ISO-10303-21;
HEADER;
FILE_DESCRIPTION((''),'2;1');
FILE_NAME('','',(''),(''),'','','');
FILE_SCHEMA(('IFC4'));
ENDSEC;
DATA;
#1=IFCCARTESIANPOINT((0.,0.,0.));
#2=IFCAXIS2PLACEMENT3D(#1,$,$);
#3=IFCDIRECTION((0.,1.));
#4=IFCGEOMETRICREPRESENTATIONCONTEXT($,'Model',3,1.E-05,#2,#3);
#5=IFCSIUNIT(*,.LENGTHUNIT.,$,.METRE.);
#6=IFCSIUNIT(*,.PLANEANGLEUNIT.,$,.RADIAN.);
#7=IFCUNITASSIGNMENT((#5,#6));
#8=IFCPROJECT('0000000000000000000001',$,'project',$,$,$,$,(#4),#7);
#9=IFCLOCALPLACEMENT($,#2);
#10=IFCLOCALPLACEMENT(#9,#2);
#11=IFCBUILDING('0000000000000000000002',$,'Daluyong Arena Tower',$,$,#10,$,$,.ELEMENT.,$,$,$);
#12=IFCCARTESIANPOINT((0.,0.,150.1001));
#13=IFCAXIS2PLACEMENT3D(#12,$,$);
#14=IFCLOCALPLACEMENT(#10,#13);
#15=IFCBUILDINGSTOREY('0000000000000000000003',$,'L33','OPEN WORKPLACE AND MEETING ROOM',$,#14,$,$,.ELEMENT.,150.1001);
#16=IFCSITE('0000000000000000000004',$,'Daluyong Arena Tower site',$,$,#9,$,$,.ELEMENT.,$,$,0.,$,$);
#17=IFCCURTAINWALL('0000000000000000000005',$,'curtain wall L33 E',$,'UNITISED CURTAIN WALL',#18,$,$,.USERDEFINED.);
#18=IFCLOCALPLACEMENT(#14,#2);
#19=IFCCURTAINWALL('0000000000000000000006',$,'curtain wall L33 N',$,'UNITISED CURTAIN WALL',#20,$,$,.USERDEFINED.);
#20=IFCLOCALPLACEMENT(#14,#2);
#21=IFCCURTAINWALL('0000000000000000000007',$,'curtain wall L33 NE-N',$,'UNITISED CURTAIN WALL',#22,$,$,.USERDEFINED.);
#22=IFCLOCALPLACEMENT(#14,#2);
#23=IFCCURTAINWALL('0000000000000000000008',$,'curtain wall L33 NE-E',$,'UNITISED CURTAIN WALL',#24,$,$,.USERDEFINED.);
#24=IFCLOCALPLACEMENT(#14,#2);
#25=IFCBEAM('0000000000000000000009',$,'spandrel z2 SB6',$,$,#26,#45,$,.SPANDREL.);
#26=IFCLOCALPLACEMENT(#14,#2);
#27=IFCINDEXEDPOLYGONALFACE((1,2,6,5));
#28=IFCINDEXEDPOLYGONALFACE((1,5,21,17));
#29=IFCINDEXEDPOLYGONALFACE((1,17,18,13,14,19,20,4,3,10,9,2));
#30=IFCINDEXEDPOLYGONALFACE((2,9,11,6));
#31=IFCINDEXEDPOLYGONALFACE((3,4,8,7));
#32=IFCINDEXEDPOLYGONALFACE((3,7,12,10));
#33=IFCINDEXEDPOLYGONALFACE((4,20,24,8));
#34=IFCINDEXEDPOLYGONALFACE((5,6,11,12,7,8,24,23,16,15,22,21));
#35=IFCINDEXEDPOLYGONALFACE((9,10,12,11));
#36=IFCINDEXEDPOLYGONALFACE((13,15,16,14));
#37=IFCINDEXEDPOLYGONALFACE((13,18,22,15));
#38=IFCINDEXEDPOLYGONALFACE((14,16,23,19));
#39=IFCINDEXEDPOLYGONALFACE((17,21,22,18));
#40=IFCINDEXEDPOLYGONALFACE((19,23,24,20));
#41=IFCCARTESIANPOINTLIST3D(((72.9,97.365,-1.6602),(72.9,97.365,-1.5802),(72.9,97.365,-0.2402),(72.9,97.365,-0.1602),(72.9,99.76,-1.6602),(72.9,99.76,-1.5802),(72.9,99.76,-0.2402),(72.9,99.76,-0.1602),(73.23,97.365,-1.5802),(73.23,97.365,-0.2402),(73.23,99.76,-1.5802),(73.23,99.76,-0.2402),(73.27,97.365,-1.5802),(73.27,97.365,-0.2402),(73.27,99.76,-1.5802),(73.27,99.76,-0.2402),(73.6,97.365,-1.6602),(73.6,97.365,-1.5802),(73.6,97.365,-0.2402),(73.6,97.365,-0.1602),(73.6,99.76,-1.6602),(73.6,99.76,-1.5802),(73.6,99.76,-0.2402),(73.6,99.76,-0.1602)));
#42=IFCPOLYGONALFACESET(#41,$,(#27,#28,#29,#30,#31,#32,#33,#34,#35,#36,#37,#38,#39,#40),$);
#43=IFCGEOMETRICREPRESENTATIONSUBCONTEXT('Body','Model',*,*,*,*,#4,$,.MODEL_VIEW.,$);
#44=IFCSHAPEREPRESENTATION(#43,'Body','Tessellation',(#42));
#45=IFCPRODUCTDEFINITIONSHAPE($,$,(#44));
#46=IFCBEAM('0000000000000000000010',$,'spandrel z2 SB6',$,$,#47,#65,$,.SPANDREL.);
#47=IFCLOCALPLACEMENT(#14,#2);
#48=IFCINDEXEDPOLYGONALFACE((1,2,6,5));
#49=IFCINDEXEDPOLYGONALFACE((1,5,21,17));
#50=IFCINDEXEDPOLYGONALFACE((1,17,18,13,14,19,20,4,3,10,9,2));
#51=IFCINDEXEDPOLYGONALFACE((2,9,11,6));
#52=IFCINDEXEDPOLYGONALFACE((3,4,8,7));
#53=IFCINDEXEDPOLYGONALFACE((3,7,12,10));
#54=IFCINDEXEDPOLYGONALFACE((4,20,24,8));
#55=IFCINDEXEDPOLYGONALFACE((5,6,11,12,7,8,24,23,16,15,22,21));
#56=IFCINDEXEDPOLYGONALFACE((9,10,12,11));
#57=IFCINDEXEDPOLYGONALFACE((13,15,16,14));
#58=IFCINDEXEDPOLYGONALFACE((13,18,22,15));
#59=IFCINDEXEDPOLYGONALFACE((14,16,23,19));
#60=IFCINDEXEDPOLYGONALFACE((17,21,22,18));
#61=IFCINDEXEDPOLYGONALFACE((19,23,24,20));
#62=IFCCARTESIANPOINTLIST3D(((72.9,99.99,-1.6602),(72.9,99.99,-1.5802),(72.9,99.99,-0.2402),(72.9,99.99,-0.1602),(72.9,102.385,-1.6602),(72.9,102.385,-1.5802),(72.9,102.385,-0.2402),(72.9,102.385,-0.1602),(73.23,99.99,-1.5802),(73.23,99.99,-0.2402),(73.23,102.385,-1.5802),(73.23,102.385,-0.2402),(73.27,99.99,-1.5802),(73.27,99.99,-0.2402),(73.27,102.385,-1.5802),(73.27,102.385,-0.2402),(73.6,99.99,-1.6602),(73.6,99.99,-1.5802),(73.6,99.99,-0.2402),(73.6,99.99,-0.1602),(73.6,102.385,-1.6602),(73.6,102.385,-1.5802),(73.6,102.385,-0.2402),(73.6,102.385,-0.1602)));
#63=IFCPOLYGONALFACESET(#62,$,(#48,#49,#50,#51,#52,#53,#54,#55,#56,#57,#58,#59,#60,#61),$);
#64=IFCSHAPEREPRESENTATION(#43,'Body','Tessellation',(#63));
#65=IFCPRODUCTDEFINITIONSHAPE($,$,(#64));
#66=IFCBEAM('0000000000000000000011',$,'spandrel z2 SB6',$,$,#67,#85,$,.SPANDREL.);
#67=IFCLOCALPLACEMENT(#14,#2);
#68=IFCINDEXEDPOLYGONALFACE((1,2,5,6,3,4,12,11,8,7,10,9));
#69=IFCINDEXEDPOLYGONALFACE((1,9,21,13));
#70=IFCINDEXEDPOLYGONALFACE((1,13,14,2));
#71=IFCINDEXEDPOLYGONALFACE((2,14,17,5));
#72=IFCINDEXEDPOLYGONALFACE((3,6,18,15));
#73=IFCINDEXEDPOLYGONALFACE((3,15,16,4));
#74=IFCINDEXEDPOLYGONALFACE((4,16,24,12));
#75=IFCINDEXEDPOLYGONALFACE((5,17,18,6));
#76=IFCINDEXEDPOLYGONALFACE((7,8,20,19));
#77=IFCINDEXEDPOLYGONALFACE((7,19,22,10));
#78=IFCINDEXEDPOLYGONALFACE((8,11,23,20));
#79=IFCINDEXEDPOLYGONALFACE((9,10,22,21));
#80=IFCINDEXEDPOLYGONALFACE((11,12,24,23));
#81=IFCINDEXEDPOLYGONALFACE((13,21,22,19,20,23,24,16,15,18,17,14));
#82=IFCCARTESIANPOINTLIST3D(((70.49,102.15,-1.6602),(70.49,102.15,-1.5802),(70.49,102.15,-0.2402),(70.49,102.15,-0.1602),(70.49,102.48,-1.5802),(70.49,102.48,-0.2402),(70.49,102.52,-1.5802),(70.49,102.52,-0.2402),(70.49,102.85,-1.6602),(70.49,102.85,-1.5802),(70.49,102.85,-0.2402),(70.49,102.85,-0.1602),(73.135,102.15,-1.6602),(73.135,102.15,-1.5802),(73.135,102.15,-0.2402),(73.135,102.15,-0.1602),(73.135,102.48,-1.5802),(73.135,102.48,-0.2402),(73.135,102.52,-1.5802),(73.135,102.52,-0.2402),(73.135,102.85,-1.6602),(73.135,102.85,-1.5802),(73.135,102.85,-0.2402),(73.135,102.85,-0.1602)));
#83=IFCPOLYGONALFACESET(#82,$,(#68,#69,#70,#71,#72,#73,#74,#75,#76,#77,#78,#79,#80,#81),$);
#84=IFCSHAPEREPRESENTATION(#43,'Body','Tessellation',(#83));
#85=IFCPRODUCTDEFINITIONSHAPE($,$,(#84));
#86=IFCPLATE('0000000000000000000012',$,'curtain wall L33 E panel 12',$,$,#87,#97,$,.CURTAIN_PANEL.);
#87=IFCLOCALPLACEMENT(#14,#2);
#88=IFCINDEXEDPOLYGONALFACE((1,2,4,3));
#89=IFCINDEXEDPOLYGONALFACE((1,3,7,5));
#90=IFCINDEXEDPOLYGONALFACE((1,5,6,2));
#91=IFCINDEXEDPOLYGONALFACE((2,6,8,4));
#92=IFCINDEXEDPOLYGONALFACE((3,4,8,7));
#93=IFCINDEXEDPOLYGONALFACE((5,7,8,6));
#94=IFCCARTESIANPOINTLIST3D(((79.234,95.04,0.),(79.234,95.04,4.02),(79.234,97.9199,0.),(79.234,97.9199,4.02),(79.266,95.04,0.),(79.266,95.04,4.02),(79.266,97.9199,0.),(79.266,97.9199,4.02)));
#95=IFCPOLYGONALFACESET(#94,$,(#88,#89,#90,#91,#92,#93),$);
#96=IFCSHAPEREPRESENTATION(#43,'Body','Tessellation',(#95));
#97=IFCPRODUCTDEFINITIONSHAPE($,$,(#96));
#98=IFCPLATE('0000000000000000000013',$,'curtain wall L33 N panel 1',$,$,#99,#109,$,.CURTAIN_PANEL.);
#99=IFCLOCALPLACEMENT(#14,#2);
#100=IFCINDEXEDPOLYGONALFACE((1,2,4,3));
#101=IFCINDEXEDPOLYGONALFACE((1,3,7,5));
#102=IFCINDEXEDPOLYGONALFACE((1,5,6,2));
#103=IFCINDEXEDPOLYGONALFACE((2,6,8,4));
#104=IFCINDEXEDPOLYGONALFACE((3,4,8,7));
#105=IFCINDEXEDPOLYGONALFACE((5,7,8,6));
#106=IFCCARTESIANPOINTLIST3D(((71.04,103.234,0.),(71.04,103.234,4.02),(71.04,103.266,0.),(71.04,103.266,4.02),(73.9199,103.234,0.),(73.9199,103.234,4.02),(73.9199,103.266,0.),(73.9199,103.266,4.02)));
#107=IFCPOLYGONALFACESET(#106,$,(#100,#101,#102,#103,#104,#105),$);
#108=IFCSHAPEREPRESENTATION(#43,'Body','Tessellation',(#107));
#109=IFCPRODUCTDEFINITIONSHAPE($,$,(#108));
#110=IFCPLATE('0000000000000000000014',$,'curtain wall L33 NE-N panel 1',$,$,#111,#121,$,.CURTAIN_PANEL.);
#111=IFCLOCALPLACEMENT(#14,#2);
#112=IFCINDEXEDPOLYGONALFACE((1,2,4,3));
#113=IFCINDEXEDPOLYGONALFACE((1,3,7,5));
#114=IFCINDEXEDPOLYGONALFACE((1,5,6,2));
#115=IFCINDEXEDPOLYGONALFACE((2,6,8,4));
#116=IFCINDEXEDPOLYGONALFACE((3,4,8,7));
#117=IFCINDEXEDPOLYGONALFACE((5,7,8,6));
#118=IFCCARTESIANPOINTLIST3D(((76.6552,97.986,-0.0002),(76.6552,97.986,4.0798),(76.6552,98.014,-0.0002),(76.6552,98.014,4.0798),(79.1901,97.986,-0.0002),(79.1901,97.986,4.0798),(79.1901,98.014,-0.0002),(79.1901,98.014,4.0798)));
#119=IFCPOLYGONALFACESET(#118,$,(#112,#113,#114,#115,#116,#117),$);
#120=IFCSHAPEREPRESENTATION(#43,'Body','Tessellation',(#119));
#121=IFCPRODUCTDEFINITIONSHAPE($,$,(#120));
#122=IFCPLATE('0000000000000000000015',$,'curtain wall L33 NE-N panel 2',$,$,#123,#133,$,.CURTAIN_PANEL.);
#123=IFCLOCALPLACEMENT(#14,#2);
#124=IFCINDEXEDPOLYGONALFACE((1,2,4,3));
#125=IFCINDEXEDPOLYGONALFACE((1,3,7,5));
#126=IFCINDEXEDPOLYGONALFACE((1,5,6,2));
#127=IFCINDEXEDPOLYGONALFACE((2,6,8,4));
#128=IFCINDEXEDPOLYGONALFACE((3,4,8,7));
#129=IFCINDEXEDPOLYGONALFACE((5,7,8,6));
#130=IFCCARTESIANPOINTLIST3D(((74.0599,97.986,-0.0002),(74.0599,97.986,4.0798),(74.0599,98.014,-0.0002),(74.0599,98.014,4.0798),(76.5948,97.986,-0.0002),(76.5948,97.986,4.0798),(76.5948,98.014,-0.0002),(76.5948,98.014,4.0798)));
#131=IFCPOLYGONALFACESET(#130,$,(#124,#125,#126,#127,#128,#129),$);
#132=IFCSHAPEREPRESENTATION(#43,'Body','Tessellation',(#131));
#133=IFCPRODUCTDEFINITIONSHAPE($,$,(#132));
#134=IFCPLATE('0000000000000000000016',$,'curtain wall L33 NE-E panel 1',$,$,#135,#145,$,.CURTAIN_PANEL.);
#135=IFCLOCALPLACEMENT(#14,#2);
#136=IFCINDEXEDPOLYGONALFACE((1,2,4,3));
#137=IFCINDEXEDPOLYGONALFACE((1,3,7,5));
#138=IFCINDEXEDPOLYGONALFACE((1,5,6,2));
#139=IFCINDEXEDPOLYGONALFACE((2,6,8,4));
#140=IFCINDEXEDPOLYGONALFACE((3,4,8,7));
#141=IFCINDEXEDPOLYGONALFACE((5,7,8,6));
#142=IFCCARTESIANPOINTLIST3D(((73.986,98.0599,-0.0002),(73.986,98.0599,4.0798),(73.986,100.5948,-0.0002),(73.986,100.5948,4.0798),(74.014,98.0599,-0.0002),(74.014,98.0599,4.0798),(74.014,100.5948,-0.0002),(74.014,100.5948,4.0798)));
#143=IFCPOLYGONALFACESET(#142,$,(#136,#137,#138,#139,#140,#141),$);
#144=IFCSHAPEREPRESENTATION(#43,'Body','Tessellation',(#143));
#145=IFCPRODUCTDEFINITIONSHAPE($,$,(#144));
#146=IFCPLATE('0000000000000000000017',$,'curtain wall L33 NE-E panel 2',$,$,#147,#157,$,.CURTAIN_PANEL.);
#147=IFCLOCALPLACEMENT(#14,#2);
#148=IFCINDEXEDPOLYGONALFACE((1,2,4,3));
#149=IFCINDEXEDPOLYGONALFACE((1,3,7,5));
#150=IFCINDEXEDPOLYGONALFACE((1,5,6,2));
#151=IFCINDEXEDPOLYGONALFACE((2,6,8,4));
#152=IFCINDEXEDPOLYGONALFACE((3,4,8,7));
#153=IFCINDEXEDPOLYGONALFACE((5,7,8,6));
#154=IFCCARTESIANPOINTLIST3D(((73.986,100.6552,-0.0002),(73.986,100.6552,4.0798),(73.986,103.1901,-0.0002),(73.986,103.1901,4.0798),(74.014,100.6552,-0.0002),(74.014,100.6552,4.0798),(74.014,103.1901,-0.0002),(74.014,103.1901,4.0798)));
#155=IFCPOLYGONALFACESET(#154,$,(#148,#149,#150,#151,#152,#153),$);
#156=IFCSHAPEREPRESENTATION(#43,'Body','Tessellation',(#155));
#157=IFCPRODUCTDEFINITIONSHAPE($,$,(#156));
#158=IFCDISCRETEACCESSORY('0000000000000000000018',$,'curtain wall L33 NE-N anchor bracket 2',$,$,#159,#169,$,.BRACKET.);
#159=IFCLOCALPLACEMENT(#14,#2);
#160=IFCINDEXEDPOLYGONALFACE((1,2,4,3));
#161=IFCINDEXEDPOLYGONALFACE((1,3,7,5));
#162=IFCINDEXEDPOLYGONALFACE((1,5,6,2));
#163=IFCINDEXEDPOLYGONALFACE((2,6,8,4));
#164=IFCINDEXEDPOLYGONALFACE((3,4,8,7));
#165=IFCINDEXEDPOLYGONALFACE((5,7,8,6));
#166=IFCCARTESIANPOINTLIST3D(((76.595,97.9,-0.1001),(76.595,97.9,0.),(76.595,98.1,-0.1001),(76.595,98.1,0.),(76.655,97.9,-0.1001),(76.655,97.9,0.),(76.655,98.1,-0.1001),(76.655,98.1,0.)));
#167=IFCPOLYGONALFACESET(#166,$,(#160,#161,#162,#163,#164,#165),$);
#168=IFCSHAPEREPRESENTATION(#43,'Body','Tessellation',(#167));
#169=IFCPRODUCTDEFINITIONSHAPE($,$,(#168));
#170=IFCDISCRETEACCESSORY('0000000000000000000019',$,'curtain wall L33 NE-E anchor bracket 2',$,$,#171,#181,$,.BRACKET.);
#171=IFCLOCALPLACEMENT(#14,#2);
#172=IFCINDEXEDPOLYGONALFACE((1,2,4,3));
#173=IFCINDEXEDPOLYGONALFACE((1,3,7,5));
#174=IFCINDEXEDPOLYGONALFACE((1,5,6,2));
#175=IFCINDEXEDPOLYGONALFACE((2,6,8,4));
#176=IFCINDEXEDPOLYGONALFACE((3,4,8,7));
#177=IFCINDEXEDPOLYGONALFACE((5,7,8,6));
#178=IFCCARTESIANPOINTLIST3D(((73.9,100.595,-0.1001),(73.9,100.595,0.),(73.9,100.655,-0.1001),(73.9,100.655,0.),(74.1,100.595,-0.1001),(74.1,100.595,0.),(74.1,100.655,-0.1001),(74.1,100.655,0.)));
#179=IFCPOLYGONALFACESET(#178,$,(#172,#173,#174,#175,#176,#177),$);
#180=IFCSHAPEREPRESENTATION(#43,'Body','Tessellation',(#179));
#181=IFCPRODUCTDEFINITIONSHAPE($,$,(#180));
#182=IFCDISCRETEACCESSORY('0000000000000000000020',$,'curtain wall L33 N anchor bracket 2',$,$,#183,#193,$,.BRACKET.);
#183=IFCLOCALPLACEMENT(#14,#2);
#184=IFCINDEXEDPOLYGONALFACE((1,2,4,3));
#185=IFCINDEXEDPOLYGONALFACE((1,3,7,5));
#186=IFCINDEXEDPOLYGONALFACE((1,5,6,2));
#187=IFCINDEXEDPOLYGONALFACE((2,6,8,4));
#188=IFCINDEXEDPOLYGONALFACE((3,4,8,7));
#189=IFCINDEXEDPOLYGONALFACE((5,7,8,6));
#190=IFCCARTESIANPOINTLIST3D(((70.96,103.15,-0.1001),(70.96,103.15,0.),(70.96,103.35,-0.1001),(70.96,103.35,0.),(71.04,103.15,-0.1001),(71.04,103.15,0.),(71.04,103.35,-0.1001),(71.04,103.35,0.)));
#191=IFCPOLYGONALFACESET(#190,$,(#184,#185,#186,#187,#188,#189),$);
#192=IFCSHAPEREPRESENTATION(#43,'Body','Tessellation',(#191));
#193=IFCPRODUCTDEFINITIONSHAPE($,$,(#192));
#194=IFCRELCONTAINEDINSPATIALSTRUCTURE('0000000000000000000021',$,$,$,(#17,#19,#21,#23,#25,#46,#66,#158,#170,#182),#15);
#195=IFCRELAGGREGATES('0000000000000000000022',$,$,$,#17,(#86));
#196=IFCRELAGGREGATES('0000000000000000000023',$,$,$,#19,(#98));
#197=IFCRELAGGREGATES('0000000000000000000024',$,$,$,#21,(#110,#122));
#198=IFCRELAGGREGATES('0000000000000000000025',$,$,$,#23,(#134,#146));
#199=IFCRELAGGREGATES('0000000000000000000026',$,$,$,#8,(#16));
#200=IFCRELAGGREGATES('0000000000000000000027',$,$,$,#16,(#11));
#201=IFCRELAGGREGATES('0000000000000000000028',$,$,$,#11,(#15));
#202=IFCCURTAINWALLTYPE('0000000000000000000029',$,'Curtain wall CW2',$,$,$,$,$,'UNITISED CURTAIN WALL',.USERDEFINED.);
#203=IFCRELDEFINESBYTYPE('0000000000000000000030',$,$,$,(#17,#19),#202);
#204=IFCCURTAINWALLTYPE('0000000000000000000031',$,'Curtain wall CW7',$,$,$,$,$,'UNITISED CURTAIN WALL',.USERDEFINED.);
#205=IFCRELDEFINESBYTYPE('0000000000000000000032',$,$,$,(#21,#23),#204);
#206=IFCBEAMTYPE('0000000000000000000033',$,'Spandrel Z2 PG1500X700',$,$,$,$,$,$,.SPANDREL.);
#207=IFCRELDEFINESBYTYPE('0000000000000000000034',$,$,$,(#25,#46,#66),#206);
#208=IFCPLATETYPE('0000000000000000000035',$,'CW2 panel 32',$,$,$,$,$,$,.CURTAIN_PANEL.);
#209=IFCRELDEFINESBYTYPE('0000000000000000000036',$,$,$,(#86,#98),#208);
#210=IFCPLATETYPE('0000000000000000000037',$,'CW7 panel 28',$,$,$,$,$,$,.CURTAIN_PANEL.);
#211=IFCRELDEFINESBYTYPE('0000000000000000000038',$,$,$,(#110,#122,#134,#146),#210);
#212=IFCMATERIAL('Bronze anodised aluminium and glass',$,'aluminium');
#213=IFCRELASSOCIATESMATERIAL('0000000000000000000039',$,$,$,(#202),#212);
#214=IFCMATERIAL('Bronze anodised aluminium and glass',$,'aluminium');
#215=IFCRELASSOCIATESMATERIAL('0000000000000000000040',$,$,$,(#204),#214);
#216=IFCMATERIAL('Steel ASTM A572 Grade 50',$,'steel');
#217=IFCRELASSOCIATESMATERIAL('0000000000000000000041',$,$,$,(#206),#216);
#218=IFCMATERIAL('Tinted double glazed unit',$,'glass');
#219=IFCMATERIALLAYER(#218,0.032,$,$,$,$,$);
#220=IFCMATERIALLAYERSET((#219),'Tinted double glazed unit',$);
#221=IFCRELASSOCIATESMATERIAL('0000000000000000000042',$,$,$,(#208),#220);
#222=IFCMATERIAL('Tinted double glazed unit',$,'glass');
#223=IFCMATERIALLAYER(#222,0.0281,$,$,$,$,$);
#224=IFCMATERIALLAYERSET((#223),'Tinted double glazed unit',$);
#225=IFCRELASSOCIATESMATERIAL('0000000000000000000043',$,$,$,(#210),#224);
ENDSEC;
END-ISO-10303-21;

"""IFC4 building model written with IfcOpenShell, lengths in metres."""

from ifc_helpers import new_model, si_unit, direction, frame, origin, origin_2d, place, context, subcontext, project, spatial, rectangle, i_section, extrude, material, layer, layer_set, material_profile, profile_set, type_object, element, aggregate, save


model = new_model("IFC4")

# Units and contexts
model_context = context("Model", 3, precision=1e-05, world=origin(), true_north=direction((0.0, 1.0)))
body_context = subcontext(model_context, "Body", "Model", "MODEL_VIEW")
ifc_project = project(units=[si_unit("LENGTHUNIT", "METRE"), si_unit("PLANEANGLEUNIT", "RADIAN")], contexts=[model_context])

# Site, building, storey
site_placement = place(None, origin())
site = spatial("IfcSite", under=ifc_project, at=site_placement, Name="Daluyong Arena Tower site", CompositionType="ELEMENT", RefElevation=0.0)
building_placement = place(site_placement, origin())
building = spatial("IfcBuilding", under=site, at=building_placement, Name="Daluyong Arena Tower", CompositionType="ELEMENT")
storey_placement = place(building_placement, frame((0.0, 0.0, 150.1001)))
storey = spatial("IfcBuildingStorey", under=building, at=storey_placement, Name="L33", Description="OPEN WORKPLACE AND MEETING ROOM", CompositionType="ELEMENT", Elevation=150.1001)

# Curtain walls
ifc_material_1 = material(Name="Bronze anodised aluminium and glass", Category="aluminium")
curtain_wall_type_1 = type_object("IfcCurtainWallType", Name="Curtain wall CW2", ElementType="UNITISED CURTAIN WALL", PredefinedType="USERDEFINED", material=ifc_material_1)
curtain_wall_1_placement = place(storey_placement, origin())
curtain_wall_1 = element("IfcCurtainWall", 1, at=curtain_wall_1_placement, inside=storey, type_object=curtain_wall_type_1, Name="curtain wall L33 E", ObjectType="UNITISED CURTAIN WALL", PredefinedType="USERDEFINED")
curtain_wall_2_placement = place(storey_placement, origin())
curtain_wall_2 = element("IfcCurtainWall", 2, at=curtain_wall_2_placement, inside=storey, type_object=curtain_wall_type_1, Name="curtain wall L33 N", ObjectType="UNITISED CURTAIN WALL", PredefinedType="USERDEFINED")

# Curtain walls
ifc_material_2 = material(Name="Bronze anodised aluminium and glass", Category="aluminium")
curtain_wall_type_2 = type_object("IfcCurtainWallType", Name="Curtain wall CW7", ElementType="UNITISED CURTAIN WALL", PredefinedType="USERDEFINED", material=ifc_material_2)
curtain_wall_3_placement = place(storey_placement, origin())
curtain_wall_3 = element("IfcCurtainWall", 3, at=curtain_wall_3_placement, inside=storey, type_object=curtain_wall_type_2, Name="curtain wall L33 NE-N", ObjectType="UNITISED CURTAIN WALL", PredefinedType="USERDEFINED")
curtain_wall_4_placement = place(storey_placement, origin())
curtain_wall_4 = element("IfcCurtainWall", 4, at=curtain_wall_4_placement, inside=storey, type_object=curtain_wall_type_2, Name="curtain wall L33 NE-E", ObjectType="UNITISED CURTAIN WALL", PredefinedType="USERDEFINED")

# Beams
ifc_material_3 = material(Name="Steel ASTM A572 Grade 50", Category="steel")
ifc_material_profile_1 = material_profile(ifc_material_3, i_section(OverallWidth=0.7, OverallDepth=1.5, WebThickness=0.04, FlangeThickness=0.08, at=origin_2d()))
ifc_profile_set_1 = profile_set([ifc_material_profile_1], Name="Steel ASTM A572 Grade 50")
beam_type_1 = type_object("IfcBeamType", Name="Spandrel Z2 PG1500X700", PredefinedType="SPANDREL", material=ifc_profile_set_1)
for number, where, z_axis, x_axis, name in (
    (5, (73.25, 97.365, -0.9102), (0.0, 1.0, 0.0), (-1.0, 0.0, 0.0), "spandrel z2 SB6"),
    (6, (73.25, 99.99, -0.9102), (0.0, 1.0, 0.0), (-1.0, 0.0, 0.0), "spandrel z2 SB6"),
):
    element("IfcBeam", number, at=place(storey_placement, frame(where, z_axis=z_axis, x_axis=x_axis)), inside=storey, type_object=beam_type_1, Name=name, PredefinedType="SPANDREL", context=body_context, shape_type="SweptSolid", body=[
        extrude(i_section(OverallWidth=0.7, OverallDepth=1.5, WebThickness=0.04, FlangeThickness=0.08, at=origin_2d()), origin(), (0.0, 0.0, 1.0), 2.395),
    ])
beam_1_placement = place(storey_placement, frame((73.135, 102.5, -0.9102), z_axis=(-1.0, 0.0, 0.0), x_axis=(0.0, -1.0, 0.0)))
element("IfcBeam", 7, at=beam_1_placement, inside=storey, type_object=beam_type_1, Name="spandrel z2 SB6", PredefinedType="SPANDREL", context=body_context, shape_type="SweptSolid", body=[
    extrude(i_section(OverallWidth=0.7, OverallDepth=1.5, WebThickness=0.04, FlangeThickness=0.08, at=origin_2d()), origin(), (0.0, 0.0, 1.0), 2.645),
])

# Plates
ifc_material_4 = material(Name="Tinted double glazed unit", Category="glass")
ifc_layer_1 = layer(ifc_material_4, 0.032)
ifc_layer_set_1 = layer_set([ifc_layer_1], Name="Tinted double glazed unit")
plate_type_1 = type_object("IfcPlateType", Name="CW2 panel 32", PredefinedType="CURTAIN_PANEL", material=ifc_layer_set_1)
plate_1_placement = place(storey_placement, frame((79.25, 96.48, 0.0), z_axis=(0.0, 0.0, 1.0), x_axis=(0.0, 1.0, 0.0)))
plate_1 = element("IfcPlate", 8, at=plate_1_placement, type_object=plate_type_1, Name="curtain wall L33 E panel 12", PredefinedType="CURTAIN_PANEL", context=body_context, shape_type="SweptSolid", body=[
    extrude(rectangle(XDim=2.8799, YDim=0.032, at=origin_2d()), origin(), (0.0, 0.0, 1.0), 4.02),
])
aggregate(curtain_wall_1, [plate_1])
plate_2_placement = place(storey_placement, frame((72.48, 103.25, 0.0), z_axis=(0.0, 0.0, 1.0), x_axis=(-1.0, 0.0, 0.0)))
plate_2 = element("IfcPlate", 9, at=plate_2_placement, type_object=plate_type_1, Name="curtain wall L33 N panel 1", PredefinedType="CURTAIN_PANEL", context=body_context, shape_type="SweptSolid", body=[
    extrude(rectangle(XDim=2.8799, YDim=0.032, at=origin_2d()), origin(), (0.0, 0.0, 1.0), 4.02),
])
aggregate(curtain_wall_2, [plate_2])
ifc_material_5 = material(Name="Tinted double glazed unit", Category="glass")
ifc_layer_2 = layer(ifc_material_5, 0.0281)
ifc_layer_set_2 = layer_set([ifc_layer_2], Name="Tinted double glazed unit")
plate_type_2 = type_object("IfcPlateType", Name="CW7 panel 28", PredefinedType="CURTAIN_PANEL", material=ifc_layer_set_2)
plate_3_placement = place(storey_placement, frame((77.9226, 98.0, -0.0002), z_axis=(0.0, 0.0, 1.0), x_axis=(-1.0, 0.0, 0.0)))
plate_3 = element("IfcPlate", 10, at=plate_3_placement, type_object=plate_type_2, Name="curtain wall L33 NE-N panel 1", PredefinedType="CURTAIN_PANEL", context=body_context, shape_type="SweptSolid", body=[
    extrude(rectangle(XDim=2.5349, YDim=0.0281, at=origin_2d()), origin(), (0.0, 0.0, 1.0), 4.0801),
])
plate_4_placement = place(storey_placement, frame((75.3274, 98.0, -0.0002), z_axis=(0.0, 0.0, 1.0), x_axis=(-1.0, 0.0, 0.0)))
plate_4 = element("IfcPlate", 11, at=plate_4_placement, type_object=plate_type_2, Name="curtain wall L33 NE-N panel 2", PredefinedType="CURTAIN_PANEL", context=body_context, shape_type="SweptSolid", body=[
    extrude(rectangle(XDim=2.5349, YDim=0.0281, at=origin_2d()), origin(), (0.0, 0.0, 1.0), 4.0801),
])
aggregate(curtain_wall_3, [plate_3, plate_4])
plate_5_placement = place(storey_placement, frame((74.0, 99.3274, -0.0002), z_axis=(0.0, 0.0, 1.0), x_axis=(0.0, 1.0, 0.0)))
plate_5 = element("IfcPlate", 12, at=plate_5_placement, type_object=plate_type_2, Name="curtain wall L33 NE-E panel 1", PredefinedType="CURTAIN_PANEL", context=body_context, shape_type="SweptSolid", body=[
    extrude(rectangle(XDim=2.5349, YDim=0.0281, at=origin_2d()), origin(), (0.0, 0.0, 1.0), 4.0801),
])
plate_6_placement = place(storey_placement, frame((74.0, 101.9226, -0.0002), z_axis=(0.0, 0.0, 1.0), x_axis=(0.0, 1.0, 0.0)))
plate_6 = element("IfcPlate", 13, at=plate_6_placement, type_object=plate_type_2, Name="curtain wall L33 NE-E panel 2", PredefinedType="CURTAIN_PANEL", context=body_context, shape_type="SweptSolid", body=[
    extrude(rectangle(XDim=2.5349, YDim=0.0281, at=origin_2d()), origin(), (0.0, 0.0, 1.0), 4.0801),
])
aggregate(curtain_wall_4, [plate_5, plate_6])

# Discrete accessories
for number, where, z_axis, x_axis, name in (
    (14, (76.625, 98.0, -0.1001), (0.0, 0.0, 1.0), (-1.0, 0.0, 0.0), "curtain wall L33 NE-N anchor bracket 2"),
    (15, (74.0, 100.625, -0.1001), (0.0, 0.0, 1.0), (0.0, 1.0, 0.0), "curtain wall L33 NE-E anchor bracket 2"),
):
    element("IfcDiscreteAccessory", number, at=place(storey_placement, frame(where, z_axis=z_axis, x_axis=x_axis)), inside=storey, Name=name, PredefinedType="BRACKET", context=body_context, shape_type="SweptSolid", body=[
        extrude(rectangle(XDim=0.0601, YDim=0.2, at=origin_2d()), origin(), (0.0, 0.0, 1.0), 0.1001),
    ])
discrete_accessory_placement = place(storey_placement, frame((71.0, 103.25, -0.1001), z_axis=(0.0, 0.0, 1.0), x_axis=(-1.0, 0.0, 0.0)))
element("IfcDiscreteAccessory", 16, at=discrete_accessory_placement, inside=storey, Name="curtain wall L33 N anchor bracket 2", PredefinedType="BRACKET", context=body_context, shape_type="SweptSolid", body=[
    extrude(rectangle(XDim=0.0801, YDim=0.2, at=origin_2d()), origin(), (0.0, 0.0, 1.0), 0.1001),
])

save(model, "model.ifc")
